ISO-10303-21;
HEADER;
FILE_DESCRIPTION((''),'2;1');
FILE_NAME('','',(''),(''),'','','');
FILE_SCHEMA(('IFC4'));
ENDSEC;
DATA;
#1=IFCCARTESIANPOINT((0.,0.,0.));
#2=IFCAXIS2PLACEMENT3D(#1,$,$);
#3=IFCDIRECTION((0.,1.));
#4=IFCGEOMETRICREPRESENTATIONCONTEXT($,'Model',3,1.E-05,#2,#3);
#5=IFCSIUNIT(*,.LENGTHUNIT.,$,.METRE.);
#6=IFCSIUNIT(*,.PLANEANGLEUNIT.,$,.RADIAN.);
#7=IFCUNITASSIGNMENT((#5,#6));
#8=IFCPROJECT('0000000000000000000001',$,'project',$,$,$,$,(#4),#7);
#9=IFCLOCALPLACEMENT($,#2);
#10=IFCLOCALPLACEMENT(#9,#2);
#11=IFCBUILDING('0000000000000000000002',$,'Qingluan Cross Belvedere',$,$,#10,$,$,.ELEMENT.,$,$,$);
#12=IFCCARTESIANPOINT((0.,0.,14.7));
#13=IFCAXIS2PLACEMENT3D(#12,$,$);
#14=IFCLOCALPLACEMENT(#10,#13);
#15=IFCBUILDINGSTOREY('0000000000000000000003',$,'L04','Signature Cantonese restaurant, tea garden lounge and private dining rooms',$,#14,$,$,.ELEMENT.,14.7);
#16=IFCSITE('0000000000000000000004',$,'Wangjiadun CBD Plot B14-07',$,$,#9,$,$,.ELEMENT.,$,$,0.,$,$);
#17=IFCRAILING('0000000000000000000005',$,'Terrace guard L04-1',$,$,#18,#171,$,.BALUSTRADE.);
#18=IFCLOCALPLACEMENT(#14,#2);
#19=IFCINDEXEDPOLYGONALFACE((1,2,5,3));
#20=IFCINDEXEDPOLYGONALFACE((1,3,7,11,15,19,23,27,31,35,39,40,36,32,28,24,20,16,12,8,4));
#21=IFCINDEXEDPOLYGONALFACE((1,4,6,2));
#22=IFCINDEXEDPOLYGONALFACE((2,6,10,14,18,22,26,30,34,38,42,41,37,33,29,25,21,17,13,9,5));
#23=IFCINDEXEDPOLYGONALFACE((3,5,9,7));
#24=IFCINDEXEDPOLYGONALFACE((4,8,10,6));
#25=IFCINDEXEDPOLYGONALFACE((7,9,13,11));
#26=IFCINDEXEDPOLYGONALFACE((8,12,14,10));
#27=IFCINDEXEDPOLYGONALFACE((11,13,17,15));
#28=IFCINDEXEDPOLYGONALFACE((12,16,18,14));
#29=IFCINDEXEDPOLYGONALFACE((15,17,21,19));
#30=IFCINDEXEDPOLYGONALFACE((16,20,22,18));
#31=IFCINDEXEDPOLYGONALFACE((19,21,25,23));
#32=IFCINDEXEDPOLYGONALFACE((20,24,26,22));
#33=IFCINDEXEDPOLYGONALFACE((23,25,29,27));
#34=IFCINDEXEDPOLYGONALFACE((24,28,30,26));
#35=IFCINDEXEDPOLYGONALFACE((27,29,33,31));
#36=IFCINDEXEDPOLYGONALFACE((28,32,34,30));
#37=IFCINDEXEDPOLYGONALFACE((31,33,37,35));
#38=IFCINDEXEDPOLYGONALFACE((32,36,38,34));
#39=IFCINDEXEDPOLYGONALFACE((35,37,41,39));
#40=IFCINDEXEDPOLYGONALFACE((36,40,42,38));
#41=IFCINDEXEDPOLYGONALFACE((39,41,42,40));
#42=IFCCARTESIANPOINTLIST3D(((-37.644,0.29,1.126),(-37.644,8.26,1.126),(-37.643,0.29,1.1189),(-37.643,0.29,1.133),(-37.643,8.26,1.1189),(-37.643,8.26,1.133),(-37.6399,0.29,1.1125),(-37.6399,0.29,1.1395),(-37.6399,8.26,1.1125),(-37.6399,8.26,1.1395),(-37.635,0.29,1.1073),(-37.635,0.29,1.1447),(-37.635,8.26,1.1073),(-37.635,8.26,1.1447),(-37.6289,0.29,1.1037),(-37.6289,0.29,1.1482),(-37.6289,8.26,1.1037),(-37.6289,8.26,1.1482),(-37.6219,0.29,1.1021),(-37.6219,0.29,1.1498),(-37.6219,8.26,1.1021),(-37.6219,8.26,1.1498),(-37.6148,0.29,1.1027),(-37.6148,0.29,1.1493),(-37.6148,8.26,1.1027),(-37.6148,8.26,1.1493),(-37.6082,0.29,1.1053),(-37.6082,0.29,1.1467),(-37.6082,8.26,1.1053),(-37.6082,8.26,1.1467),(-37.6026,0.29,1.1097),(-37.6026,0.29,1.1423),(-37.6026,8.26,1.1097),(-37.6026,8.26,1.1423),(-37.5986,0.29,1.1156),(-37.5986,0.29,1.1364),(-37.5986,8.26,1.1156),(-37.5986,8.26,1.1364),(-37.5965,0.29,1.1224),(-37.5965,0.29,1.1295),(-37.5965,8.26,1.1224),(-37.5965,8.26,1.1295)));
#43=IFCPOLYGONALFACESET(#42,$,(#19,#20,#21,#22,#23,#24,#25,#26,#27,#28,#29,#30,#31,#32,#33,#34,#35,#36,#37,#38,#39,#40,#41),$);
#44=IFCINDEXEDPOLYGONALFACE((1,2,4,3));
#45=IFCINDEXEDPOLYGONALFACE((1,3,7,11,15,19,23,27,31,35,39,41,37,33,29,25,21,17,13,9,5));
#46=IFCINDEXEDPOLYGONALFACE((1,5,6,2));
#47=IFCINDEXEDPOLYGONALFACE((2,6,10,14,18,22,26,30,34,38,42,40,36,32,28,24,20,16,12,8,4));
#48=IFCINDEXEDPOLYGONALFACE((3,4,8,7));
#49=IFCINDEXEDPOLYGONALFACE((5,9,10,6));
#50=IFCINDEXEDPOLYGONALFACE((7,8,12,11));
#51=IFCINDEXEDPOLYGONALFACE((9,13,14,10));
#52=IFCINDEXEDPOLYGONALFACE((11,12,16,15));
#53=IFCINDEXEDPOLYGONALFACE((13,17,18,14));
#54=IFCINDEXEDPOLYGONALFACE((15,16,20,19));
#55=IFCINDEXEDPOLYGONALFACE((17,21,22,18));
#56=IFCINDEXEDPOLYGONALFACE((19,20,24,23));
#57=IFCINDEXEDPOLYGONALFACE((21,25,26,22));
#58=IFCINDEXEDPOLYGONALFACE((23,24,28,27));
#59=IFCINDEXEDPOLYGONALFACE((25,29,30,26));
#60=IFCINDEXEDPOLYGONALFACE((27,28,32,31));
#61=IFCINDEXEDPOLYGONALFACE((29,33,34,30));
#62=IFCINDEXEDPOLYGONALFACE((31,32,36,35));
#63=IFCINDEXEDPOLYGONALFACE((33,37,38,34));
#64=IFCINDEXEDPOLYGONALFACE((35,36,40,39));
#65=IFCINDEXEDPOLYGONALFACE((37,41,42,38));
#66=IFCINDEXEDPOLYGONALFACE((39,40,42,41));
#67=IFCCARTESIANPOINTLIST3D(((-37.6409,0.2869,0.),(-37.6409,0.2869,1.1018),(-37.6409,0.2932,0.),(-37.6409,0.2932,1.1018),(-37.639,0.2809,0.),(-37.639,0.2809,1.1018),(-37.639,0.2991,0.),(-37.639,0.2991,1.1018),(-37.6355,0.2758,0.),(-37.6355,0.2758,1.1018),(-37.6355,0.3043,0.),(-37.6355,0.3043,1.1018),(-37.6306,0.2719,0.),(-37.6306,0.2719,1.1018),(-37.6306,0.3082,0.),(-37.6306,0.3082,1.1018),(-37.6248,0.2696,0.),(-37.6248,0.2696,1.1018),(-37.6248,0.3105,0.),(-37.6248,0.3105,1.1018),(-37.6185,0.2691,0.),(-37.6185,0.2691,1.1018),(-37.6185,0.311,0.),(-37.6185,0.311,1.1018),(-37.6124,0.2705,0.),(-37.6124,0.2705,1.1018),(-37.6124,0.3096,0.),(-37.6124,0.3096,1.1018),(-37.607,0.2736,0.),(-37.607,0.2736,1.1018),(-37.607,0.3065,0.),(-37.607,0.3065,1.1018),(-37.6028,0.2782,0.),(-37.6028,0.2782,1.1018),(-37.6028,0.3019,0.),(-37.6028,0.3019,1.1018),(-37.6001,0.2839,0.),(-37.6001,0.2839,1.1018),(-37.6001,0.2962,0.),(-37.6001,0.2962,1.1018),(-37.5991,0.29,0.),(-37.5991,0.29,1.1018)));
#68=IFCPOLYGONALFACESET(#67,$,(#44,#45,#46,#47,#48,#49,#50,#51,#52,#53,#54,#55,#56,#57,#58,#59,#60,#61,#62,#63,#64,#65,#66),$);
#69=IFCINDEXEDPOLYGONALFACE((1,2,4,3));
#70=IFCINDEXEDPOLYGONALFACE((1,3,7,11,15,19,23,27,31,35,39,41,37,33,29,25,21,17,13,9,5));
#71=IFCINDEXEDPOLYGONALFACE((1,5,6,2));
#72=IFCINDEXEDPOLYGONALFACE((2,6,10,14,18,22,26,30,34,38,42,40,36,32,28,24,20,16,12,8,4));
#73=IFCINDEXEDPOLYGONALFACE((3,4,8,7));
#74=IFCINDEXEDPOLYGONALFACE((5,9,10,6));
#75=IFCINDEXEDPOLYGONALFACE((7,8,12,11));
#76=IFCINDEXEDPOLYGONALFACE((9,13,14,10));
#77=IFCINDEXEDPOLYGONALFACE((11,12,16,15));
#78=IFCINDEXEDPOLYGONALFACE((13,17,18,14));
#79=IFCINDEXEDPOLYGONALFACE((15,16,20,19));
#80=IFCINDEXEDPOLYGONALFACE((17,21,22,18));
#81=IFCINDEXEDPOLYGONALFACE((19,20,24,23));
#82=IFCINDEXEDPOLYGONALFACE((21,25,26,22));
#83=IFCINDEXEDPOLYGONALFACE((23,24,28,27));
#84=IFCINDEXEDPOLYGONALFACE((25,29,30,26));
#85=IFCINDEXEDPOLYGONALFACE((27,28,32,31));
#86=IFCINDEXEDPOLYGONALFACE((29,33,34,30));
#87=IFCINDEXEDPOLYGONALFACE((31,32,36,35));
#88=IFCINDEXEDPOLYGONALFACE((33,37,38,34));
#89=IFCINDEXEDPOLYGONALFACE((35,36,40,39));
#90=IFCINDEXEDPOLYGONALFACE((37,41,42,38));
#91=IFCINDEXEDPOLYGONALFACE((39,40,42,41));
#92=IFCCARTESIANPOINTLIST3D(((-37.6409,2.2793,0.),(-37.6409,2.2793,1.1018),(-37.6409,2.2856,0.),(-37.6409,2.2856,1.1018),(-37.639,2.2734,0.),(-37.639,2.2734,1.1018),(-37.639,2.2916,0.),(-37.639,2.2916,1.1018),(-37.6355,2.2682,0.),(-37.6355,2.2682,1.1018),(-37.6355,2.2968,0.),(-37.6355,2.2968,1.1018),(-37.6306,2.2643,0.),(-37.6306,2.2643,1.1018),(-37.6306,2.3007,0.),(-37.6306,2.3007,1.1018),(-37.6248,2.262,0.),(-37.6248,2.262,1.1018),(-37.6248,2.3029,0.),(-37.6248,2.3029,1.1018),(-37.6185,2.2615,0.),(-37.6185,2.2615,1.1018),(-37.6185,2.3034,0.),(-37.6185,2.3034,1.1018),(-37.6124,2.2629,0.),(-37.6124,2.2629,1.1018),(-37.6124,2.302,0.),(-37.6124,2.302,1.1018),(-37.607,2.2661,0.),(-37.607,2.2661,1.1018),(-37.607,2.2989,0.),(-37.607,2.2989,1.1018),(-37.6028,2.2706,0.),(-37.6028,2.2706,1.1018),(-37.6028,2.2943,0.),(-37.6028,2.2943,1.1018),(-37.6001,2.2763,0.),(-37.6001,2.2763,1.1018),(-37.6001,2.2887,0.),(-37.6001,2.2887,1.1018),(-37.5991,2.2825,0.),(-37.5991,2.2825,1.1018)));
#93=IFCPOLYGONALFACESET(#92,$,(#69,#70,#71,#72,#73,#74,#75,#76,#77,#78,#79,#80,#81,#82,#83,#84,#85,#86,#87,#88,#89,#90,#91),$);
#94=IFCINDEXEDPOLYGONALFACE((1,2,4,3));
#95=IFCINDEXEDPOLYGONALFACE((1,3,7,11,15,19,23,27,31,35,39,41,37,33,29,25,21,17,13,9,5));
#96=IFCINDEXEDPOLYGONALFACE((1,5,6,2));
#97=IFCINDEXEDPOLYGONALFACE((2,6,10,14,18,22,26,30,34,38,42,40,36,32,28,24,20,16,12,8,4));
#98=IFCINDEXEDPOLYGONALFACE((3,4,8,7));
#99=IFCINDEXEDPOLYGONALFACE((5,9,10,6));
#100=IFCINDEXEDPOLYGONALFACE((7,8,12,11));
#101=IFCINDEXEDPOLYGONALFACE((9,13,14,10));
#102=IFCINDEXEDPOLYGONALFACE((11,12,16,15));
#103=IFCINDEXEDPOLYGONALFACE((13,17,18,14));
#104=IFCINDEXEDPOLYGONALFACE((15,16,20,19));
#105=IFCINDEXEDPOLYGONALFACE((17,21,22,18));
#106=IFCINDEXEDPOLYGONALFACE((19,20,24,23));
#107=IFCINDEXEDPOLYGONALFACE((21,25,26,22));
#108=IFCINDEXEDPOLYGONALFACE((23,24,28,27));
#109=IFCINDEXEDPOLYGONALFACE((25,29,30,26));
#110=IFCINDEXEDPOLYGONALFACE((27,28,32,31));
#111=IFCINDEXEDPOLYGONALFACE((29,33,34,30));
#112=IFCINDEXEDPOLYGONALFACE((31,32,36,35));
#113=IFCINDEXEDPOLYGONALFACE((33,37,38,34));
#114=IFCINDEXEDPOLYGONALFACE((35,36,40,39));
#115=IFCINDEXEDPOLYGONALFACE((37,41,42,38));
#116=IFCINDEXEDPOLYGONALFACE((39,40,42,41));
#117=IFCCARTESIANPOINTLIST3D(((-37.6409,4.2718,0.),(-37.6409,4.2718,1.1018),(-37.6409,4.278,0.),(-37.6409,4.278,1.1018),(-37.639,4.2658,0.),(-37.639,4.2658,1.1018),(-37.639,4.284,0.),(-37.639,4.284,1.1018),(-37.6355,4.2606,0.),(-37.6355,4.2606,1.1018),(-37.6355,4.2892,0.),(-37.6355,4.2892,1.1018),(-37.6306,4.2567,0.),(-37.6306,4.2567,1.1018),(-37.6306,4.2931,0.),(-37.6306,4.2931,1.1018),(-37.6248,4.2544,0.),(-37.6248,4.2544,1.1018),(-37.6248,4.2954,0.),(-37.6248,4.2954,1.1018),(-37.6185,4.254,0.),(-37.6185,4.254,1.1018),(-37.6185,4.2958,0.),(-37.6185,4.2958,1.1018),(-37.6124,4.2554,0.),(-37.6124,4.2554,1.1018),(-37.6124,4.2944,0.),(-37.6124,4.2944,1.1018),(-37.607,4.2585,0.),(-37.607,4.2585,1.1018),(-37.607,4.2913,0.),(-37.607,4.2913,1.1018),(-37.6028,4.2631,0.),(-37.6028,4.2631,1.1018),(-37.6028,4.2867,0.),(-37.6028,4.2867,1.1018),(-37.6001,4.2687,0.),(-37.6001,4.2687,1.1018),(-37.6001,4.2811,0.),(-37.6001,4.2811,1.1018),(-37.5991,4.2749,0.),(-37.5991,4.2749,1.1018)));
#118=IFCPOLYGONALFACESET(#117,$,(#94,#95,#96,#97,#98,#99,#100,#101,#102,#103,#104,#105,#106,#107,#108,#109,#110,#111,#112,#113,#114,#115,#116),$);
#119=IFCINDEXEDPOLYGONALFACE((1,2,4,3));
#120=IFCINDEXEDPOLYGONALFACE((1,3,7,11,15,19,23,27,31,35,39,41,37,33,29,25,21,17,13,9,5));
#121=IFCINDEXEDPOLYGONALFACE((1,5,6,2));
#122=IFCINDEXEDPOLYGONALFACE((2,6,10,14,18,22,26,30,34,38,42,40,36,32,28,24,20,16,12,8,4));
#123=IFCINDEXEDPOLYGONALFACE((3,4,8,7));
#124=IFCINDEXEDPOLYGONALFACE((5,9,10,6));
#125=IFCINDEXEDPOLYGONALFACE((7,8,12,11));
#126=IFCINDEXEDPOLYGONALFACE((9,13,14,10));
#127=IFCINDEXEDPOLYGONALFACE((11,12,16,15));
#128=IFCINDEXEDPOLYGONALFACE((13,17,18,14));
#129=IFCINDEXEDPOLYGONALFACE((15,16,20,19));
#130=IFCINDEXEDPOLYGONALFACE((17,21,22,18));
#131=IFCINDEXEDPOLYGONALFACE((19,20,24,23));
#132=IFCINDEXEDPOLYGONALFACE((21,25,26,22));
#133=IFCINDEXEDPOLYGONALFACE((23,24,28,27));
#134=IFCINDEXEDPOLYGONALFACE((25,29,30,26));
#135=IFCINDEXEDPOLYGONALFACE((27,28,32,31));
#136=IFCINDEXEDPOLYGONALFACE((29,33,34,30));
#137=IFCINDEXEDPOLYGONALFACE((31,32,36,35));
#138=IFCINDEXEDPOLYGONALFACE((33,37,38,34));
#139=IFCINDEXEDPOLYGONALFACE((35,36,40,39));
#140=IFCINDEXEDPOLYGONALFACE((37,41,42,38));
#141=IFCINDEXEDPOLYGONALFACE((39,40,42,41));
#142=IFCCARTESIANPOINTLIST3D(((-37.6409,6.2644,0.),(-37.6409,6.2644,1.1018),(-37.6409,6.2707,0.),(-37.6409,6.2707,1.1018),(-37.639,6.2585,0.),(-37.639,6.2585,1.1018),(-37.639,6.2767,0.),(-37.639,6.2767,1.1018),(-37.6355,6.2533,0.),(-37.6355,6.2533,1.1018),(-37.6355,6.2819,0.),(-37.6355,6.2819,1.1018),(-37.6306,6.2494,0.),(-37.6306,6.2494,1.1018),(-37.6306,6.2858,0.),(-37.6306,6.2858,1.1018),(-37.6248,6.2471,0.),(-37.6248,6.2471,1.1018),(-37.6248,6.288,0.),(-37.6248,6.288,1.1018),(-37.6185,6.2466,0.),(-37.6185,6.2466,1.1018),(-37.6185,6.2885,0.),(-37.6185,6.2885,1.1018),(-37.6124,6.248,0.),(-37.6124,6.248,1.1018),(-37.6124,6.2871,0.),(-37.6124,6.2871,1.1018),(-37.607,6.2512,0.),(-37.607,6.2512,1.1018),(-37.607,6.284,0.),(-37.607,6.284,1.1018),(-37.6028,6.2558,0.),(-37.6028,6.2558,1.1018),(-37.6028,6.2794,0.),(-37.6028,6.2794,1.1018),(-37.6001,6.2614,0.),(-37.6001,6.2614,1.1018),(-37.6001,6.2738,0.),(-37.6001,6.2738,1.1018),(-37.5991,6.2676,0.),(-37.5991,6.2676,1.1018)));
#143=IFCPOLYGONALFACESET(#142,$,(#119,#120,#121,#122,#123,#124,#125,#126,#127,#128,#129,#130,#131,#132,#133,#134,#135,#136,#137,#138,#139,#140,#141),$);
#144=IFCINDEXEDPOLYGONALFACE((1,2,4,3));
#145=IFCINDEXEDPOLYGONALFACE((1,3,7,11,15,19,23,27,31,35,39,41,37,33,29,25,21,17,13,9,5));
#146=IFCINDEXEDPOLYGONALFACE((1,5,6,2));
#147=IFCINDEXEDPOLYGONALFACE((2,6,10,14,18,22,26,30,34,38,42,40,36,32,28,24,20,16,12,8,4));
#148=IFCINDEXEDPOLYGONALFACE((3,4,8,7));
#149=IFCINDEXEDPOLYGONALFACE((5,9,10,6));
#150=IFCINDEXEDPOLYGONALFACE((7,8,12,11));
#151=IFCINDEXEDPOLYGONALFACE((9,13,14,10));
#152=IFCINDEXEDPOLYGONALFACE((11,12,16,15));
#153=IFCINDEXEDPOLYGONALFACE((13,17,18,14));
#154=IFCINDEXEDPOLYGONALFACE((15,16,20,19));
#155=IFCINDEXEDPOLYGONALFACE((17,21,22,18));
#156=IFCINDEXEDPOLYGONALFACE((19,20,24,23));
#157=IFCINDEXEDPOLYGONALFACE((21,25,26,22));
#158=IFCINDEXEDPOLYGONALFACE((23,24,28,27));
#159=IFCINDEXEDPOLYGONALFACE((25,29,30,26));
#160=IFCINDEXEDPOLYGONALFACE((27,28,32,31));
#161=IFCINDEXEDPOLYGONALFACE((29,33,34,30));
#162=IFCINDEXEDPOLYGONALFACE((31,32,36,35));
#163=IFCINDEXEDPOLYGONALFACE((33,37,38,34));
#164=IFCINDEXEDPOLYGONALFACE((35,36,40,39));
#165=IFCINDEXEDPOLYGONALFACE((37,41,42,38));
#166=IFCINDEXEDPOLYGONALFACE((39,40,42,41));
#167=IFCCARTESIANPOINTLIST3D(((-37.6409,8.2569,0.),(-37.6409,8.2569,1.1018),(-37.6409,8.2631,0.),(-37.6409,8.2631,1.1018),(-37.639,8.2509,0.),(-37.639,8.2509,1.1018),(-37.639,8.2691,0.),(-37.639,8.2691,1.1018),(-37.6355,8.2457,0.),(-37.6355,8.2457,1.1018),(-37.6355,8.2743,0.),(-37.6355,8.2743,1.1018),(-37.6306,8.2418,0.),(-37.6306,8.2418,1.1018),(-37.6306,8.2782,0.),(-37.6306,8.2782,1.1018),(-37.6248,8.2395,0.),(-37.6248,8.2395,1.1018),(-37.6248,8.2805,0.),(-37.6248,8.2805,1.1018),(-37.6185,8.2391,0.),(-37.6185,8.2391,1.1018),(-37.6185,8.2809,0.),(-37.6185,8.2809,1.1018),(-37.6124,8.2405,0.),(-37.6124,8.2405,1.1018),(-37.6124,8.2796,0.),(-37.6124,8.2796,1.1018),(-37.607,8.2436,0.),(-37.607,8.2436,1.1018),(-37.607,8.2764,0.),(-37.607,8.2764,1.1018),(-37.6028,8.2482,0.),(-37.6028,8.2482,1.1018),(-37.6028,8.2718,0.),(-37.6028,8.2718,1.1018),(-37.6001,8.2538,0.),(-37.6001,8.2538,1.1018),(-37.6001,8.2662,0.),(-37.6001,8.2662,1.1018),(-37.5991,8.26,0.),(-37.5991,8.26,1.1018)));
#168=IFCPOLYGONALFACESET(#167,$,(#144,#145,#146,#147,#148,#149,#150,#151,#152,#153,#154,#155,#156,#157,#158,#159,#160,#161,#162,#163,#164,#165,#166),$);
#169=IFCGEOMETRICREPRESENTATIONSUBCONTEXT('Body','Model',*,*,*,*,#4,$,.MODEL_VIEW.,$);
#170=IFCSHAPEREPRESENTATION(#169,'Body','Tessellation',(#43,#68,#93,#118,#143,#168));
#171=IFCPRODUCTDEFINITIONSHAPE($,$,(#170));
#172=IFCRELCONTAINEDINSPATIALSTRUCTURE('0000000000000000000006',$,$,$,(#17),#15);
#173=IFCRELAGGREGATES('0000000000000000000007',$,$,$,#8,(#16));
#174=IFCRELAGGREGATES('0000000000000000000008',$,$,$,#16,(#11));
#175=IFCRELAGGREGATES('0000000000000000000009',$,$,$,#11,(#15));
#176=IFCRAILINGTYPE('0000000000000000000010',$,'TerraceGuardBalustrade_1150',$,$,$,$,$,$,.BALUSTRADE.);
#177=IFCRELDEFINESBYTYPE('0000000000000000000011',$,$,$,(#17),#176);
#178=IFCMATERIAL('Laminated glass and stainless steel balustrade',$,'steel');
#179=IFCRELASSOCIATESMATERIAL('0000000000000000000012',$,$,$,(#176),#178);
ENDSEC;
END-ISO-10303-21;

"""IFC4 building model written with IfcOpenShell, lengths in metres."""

from ifc_helpers import new_model, si_unit, direction, frame, origin, origin_2d, place, context, subcontext, project, spatial, circle, extrude, material, type_object, element, save


model = new_model("IFC4")

# Units and contexts
model_context = context("Model", 3, precision=1e-05, world=origin(), true_north=direction((0.0, 1.0)))
body_context = subcontext(model_context, "Body", "Model", "MODEL_VIEW")
ifc_project = project(units=[si_unit("LENGTHUNIT", "METRE"), si_unit("PLANEANGLEUNIT", "RADIAN")], contexts=[model_context])

# Site, building, storey
site_placement = place(None, origin())
site = spatial("IfcSite", under=ifc_project, at=site_placement, Name="Wangjiadun CBD Plot B14-07", CompositionType="ELEMENT", RefElevation=0.0)
building_placement = place(site_placement, origin())
building = spatial("IfcBuilding", under=site, at=building_placement, Name="Qingluan Cross Belvedere", CompositionType="ELEMENT")
storey_placement = place(building_placement, frame((0.0, 0.0, 14.7)))
storey = spatial("IfcBuildingStorey", under=building, at=storey_placement, Name="L04", Description="Signature Cantonese restaurant, tea garden lounge and private dining rooms", CompositionType="ELEMENT", Elevation=14.7)

# Railing
ifc_material_1 = material(Name="Laminated glass and stainless steel balustrade", Category="steel")
railing_type = type_object("IfcRailingType", Name="TerraceGuardBalustrade_1150", PredefinedType="BALUSTRADE", material=ifc_material_1)
railing_1_placement = place(storey_placement, frame((-37.6201, 0.29, 0.0)))
element("IfcRailing", 1, at=railing_1_placement, inside=storey, type_object=railing_type, Name="Terrace guard L04-1", PredefinedType="BALUSTRADE", context=body_context, shape_type="SweptSolid", body=[
    extrude(circle(Radius=0.0239, at=origin_2d()), frame((0.0, 0.0, 1.126), z_axis=(0.0, 1.0, 0.0), x_axis=(-1.0, 0.0, 0.0)), (0.0, 0.0, 1.0), 7.97),
    extrude(circle(Radius=0.021, at=origin_2d()), origin(), (0.0, 0.0, 1.0), 1.1018),
    extrude(circle(Radius=0.021, at=origin_2d()), frame((0.0, 1.9924, 0.0)), (0.0, 0.0, 1.0), 1.1018),
    extrude(circle(Radius=0.021, at=origin_2d()), frame((0.0, 3.9849, 0.0)), (0.0, 0.0, 1.0), 1.1018),
    extrude(circle(Radius=0.021, at=origin_2d()), frame((0.0, 5.9775, 0.0)), (0.0, 0.0, 1.0), 1.1018),
    extrude(circle(Radius=0.021, at=origin_2d()), frame((0.0, 7.97, 0.0)), (0.0, 0.0, 1.0), 1.1018),
])

save(model, "model.ifc")
